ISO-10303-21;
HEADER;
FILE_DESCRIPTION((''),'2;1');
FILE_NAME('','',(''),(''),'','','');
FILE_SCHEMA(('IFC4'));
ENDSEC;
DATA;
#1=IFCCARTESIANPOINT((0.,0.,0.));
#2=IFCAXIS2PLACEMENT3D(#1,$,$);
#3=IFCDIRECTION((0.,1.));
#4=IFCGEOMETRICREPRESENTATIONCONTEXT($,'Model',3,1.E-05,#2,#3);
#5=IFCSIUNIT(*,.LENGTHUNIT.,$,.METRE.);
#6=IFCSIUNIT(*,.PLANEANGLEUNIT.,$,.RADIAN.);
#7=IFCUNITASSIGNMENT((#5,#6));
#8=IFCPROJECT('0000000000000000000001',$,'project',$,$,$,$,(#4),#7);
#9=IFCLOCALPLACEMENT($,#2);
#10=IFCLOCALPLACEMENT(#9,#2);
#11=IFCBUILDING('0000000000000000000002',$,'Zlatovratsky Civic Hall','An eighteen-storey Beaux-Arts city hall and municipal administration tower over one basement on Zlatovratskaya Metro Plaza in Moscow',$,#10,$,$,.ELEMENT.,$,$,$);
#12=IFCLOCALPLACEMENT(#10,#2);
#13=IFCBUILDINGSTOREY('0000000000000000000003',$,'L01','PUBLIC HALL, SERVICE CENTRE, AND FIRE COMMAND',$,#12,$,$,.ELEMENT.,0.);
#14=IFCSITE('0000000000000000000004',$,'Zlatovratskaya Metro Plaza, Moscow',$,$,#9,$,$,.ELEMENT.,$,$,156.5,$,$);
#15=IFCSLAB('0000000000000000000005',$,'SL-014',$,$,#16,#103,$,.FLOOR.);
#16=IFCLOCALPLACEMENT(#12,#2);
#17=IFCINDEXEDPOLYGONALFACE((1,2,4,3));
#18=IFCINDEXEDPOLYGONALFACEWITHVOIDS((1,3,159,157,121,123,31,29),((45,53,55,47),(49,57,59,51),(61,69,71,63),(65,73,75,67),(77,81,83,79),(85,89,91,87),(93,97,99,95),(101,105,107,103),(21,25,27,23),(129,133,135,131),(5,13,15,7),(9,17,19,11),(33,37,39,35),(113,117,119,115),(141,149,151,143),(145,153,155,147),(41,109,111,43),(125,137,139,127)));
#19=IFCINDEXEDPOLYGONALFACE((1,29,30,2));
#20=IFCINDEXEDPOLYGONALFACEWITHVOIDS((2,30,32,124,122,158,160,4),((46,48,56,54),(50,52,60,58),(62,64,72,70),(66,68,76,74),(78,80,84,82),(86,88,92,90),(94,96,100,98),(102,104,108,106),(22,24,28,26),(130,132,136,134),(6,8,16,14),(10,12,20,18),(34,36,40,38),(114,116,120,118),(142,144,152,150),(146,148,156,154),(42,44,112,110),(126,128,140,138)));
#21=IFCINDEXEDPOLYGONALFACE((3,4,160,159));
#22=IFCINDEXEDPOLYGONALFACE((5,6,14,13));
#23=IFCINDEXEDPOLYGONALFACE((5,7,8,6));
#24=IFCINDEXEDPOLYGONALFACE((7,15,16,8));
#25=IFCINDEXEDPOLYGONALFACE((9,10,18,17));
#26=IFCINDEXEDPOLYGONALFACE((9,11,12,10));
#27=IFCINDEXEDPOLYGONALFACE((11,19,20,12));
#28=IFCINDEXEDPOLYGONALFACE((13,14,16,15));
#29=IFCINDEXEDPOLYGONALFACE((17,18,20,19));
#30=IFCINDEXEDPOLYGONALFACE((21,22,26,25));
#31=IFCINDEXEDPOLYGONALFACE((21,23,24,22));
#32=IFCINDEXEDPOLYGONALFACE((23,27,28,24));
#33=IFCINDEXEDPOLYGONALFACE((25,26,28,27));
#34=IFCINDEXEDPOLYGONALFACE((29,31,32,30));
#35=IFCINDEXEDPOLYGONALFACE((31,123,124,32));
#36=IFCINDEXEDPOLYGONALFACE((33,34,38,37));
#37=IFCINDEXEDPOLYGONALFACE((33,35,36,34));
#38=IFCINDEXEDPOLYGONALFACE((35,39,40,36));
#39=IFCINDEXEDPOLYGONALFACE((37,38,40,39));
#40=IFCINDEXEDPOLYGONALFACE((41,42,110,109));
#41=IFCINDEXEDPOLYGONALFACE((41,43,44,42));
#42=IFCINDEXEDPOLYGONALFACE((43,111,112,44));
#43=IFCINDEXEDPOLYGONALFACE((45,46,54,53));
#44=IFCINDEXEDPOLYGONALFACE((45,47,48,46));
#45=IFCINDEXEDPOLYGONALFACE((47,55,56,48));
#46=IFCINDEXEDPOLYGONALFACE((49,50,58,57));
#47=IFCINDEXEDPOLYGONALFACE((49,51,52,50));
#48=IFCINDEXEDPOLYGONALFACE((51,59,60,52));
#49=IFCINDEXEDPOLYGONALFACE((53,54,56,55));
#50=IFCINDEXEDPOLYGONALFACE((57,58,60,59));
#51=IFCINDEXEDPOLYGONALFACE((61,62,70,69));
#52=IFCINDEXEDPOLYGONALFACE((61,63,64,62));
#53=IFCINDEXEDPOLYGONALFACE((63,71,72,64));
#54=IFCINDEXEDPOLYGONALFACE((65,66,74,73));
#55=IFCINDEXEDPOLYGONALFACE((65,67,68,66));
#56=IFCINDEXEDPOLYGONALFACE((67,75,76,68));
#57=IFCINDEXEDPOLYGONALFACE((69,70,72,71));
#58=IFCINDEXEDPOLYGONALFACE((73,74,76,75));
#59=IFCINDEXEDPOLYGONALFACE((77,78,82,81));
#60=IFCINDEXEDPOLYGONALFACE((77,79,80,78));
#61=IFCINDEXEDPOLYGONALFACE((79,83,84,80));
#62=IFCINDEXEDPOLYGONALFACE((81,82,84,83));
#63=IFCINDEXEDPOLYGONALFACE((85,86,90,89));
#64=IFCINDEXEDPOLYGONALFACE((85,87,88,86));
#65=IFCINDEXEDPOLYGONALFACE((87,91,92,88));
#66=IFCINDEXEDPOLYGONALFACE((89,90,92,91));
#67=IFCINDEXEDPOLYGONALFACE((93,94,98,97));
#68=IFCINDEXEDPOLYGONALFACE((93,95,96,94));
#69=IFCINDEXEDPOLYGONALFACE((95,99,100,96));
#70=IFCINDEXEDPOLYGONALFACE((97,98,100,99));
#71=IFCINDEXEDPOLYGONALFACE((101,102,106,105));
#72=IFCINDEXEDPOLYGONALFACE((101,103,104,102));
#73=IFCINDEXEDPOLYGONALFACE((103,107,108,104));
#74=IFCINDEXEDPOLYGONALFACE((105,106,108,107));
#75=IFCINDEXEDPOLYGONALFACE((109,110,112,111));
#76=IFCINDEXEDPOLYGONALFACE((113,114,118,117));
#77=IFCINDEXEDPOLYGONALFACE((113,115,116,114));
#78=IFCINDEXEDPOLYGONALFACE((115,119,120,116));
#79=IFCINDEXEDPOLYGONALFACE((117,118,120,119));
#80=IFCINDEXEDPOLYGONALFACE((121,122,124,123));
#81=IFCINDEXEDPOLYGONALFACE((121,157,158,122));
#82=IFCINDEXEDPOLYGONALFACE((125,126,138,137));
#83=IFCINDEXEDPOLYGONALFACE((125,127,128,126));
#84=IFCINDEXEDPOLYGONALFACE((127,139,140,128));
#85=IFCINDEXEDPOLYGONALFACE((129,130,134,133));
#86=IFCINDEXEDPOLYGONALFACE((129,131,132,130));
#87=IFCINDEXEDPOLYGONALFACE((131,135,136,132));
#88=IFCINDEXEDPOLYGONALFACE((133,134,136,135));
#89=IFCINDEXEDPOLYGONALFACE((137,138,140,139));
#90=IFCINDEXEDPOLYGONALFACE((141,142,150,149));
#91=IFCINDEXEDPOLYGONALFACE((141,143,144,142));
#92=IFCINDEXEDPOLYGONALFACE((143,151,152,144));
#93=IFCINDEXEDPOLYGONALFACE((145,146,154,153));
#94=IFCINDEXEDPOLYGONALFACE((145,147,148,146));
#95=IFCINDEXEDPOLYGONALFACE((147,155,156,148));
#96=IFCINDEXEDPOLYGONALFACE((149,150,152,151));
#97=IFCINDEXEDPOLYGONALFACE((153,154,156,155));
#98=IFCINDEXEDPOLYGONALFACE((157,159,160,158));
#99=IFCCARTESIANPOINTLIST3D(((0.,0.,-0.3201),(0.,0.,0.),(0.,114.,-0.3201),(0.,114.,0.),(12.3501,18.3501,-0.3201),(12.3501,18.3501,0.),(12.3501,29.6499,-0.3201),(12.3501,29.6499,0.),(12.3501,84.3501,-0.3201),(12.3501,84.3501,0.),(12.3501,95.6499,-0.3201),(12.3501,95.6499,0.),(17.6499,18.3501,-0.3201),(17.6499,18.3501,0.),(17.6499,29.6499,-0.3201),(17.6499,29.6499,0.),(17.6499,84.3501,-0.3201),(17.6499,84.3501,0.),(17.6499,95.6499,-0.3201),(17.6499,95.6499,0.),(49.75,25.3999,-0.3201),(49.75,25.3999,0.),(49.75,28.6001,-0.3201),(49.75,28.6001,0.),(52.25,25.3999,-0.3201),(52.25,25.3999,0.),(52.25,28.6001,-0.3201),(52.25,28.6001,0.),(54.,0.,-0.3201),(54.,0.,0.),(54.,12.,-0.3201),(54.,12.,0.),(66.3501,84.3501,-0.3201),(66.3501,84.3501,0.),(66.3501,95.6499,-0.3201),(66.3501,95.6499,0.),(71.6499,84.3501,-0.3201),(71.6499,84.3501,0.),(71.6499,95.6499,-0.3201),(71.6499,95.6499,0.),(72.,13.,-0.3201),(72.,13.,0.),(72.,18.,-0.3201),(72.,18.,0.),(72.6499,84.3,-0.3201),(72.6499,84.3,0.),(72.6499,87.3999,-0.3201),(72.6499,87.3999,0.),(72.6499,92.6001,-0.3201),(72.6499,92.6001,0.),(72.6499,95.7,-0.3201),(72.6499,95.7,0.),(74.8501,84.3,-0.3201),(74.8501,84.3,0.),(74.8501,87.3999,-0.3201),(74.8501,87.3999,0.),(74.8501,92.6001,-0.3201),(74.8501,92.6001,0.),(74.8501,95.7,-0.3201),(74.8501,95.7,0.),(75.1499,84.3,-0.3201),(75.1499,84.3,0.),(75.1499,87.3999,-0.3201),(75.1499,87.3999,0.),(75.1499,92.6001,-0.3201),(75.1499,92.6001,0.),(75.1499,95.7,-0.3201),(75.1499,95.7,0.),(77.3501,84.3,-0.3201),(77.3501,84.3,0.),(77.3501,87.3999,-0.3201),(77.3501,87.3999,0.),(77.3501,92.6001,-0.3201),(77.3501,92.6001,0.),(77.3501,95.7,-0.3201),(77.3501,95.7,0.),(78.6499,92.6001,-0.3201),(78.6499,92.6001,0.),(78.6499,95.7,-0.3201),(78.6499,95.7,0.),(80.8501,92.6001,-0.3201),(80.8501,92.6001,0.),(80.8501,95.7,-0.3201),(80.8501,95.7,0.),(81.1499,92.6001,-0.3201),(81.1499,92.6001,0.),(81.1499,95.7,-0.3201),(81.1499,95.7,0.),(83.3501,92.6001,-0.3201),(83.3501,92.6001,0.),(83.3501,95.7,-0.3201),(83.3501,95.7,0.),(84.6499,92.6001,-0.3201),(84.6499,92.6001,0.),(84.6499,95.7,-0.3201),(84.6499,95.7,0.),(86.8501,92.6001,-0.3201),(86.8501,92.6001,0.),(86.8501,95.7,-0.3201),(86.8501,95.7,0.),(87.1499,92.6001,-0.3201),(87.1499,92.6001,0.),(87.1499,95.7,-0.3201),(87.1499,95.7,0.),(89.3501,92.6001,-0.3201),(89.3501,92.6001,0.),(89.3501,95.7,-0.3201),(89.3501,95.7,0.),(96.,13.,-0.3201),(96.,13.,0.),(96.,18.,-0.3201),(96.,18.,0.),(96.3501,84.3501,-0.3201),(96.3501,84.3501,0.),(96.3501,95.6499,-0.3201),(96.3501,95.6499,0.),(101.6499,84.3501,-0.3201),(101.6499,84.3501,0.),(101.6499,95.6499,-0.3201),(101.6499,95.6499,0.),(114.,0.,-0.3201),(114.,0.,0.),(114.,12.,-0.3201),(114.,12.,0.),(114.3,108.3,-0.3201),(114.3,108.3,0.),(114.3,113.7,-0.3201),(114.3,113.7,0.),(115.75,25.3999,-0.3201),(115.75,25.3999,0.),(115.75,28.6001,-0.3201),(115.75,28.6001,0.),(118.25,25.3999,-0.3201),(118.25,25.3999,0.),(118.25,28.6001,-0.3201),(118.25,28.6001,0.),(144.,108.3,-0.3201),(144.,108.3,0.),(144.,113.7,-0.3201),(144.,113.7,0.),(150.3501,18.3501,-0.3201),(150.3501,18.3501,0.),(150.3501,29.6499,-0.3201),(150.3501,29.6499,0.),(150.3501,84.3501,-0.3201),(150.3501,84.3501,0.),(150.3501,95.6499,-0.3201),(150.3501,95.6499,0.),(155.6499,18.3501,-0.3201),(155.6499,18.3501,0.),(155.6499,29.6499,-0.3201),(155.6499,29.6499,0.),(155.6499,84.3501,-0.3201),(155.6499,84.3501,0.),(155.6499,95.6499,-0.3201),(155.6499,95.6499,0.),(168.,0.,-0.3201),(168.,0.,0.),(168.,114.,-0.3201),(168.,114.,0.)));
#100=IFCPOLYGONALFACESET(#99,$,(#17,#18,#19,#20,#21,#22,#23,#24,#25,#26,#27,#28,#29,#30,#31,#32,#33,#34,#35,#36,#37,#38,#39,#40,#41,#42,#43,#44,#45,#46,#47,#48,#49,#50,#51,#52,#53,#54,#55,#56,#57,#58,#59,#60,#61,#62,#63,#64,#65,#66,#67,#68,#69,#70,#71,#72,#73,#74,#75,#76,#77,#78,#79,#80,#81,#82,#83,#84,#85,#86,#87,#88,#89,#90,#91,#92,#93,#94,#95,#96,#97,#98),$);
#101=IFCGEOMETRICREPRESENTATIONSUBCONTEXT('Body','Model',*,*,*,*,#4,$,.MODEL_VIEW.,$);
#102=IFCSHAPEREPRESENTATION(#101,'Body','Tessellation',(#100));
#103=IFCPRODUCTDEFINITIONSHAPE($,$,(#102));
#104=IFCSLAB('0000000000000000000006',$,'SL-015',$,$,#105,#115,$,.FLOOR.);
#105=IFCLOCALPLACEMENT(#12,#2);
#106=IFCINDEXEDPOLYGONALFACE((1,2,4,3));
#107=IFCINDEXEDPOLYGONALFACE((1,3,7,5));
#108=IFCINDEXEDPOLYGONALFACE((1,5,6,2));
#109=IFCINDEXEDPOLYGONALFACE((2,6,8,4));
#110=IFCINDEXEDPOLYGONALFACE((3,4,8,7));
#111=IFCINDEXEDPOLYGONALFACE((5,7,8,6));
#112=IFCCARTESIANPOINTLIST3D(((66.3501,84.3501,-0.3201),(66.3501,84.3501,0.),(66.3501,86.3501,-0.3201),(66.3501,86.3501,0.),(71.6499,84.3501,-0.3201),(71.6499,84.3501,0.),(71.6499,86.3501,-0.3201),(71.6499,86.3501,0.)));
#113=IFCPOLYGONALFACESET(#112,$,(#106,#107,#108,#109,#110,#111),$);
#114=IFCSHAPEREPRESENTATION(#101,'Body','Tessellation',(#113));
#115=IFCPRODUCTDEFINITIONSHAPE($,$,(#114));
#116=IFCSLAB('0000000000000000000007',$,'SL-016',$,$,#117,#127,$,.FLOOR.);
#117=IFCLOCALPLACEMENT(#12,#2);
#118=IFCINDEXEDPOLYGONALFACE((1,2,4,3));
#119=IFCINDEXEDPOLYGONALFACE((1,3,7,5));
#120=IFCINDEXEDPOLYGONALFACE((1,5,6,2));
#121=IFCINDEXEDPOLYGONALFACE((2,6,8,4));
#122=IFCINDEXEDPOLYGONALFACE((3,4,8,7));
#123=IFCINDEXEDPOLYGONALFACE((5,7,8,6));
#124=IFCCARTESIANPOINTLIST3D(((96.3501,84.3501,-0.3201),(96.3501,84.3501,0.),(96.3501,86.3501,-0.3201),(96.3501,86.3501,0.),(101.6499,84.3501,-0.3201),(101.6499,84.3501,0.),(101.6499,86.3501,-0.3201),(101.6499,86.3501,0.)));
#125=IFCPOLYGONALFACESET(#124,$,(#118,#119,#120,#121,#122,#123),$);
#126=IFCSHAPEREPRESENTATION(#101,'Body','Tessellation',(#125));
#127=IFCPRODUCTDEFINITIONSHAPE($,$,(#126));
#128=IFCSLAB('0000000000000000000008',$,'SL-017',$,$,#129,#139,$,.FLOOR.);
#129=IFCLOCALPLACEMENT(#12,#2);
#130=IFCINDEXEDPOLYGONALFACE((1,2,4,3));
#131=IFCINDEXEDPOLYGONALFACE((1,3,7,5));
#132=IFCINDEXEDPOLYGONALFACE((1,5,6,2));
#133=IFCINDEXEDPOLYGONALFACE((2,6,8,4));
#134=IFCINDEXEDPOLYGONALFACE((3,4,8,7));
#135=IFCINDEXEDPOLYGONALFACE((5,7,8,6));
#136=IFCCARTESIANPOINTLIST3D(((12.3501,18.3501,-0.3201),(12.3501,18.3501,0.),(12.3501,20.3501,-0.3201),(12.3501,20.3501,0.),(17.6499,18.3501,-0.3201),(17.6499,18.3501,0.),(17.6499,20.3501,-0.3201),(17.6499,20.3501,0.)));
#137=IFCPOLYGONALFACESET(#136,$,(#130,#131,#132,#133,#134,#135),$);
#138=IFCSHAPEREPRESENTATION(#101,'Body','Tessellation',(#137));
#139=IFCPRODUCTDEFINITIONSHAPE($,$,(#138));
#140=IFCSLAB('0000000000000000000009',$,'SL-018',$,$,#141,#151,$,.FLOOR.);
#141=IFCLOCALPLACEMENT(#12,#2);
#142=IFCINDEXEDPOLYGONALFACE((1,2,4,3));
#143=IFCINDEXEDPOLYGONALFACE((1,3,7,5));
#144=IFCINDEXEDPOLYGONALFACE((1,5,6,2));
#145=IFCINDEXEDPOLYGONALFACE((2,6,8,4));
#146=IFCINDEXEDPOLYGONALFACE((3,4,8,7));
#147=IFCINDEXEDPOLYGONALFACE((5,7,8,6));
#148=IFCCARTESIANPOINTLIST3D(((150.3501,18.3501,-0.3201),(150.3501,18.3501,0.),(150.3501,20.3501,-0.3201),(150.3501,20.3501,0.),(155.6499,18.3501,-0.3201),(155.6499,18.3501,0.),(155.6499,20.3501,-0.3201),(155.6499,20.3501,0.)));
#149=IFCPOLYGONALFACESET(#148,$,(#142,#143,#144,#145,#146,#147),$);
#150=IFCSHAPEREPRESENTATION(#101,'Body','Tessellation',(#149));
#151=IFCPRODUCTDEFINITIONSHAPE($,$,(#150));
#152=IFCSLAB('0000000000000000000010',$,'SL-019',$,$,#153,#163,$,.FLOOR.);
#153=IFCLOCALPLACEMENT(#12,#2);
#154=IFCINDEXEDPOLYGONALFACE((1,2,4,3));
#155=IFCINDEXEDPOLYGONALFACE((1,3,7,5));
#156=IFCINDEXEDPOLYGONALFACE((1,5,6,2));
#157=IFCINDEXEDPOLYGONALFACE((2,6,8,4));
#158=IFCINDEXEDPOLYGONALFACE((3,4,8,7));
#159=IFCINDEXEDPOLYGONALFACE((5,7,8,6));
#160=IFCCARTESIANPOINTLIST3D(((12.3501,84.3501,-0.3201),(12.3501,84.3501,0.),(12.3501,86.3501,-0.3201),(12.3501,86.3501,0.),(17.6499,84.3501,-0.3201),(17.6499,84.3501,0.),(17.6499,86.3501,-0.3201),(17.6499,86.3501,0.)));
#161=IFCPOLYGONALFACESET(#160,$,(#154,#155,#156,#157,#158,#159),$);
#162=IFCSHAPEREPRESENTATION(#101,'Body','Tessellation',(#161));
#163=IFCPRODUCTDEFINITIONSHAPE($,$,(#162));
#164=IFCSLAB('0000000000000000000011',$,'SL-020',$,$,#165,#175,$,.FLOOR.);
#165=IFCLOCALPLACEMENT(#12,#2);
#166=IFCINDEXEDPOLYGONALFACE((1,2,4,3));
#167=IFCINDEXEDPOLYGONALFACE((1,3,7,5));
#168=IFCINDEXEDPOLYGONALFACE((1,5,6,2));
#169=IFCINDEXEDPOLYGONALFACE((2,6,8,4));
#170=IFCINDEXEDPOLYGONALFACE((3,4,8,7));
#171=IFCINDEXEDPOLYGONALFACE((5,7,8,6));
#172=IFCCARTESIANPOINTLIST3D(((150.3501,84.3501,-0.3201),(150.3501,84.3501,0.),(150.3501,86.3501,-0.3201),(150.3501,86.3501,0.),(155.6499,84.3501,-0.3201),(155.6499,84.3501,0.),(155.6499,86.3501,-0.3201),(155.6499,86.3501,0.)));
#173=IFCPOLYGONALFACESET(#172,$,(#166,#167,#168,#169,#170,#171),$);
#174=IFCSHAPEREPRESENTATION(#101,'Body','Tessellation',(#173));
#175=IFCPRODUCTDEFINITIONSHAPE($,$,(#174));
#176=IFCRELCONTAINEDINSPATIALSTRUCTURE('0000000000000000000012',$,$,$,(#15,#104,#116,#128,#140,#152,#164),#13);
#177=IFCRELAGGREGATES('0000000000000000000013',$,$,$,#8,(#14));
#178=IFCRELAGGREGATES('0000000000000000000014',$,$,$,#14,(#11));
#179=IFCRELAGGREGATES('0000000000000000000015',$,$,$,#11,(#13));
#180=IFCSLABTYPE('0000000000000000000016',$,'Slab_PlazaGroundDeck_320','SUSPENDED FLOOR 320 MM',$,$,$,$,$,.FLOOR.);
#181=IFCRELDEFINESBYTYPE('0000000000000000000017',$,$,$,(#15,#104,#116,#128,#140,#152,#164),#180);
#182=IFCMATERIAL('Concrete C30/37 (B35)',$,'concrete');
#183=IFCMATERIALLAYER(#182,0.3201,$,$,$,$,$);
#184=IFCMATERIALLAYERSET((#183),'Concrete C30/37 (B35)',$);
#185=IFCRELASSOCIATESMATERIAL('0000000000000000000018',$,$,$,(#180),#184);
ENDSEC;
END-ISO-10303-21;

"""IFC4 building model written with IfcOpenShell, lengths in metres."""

from ifc_helpers import new_model, si_unit, direction, frame, origin, place, context, subcontext, project, spatial, polyline, outline, extrude, material, layer, layer_set, type_object, element, save


model = new_model("IFC4")

# Units and contexts
model_context = context("Model", 3, precision=1e-05, world=origin(), true_north=direction((0.0, 1.0)))
body_context = subcontext(model_context, "Body", "Model", "MODEL_VIEW")
ifc_project = project(units=[si_unit("LENGTHUNIT", "METRE"), si_unit("PLANEANGLEUNIT", "RADIAN")], contexts=[model_context])

# Site, building, storey
site_placement = place(None, origin())
site = spatial("IfcSite", under=ifc_project, at=site_placement, Name="Zlatovratskaya Metro Plaza, Moscow", CompositionType="ELEMENT", RefElevation=156.5)
building_placement = place(site_placement, origin())
building = spatial("IfcBuilding", under=site, at=building_placement, Name="Zlatovratsky Civic Hall", Description="An eighteen-storey Beaux-Arts city hall and municipal administration tower over one basement on Zlatovratskaya Metro Plaza in Moscow", CompositionType="ELEMENT")
storey_placement = place(building_placement, origin())
storey = spatial("IfcBuildingStorey", under=building, at=storey_placement, Name="L01", Description="PUBLIC HALL, SERVICE CENTRE, AND FIRE COMMAND", CompositionType="ELEMENT", Elevation=0.0)

# Slabs
ifc_material_1 = material(Name="Concrete C30/37 (B35)", Category="concrete")
ifc_layer_1 = layer(ifc_material_1, 0.3201)
ifc_layer_set_1 = layer_set([ifc_layer_1], Name="Concrete C30/37 (B35)")
slab_type_1 = type_object("IfcSlabType", Name="Slab_PlazaGroundDeck_320", Description="SUSPENDED FLOOR 320 MM", PredefinedType="FLOOR", material=ifc_layer_set_1)
slab_1_placement = place(storey_placement, frame((0.0, 0.0, -0.3201)))
element("IfcSlab", 1, at=slab_1_placement, inside=storey, type_object=slab_type_1, Name="SL-014", PredefinedType="FLOOR", context=body_context, shape_type="SweptSolid", body=[
    extrude(outline(polyline([(0.0, 0.0), (54.0, 0.0), (54.0, 12.0), (114.0, 12.0), (114.0, 0.0), (168.0, 0.0), (168.0, 114.0), (0.0, 114.0), (0.0, 0.0)]), holes=[polyline([(66.3501, 84.3501), (71.6499, 84.3501), (71.6499, 95.6499), (66.3501, 95.6499), (66.3501, 84.3501)]), polyline([(96.3501, 84.3501), (101.6499, 84.3501), (101.6499, 95.6499), (96.3501, 95.6499), (96.3501, 84.3501)]), polyline([(12.3501, 18.3501), (17.6499, 18.3501), (17.6499, 29.6499), (12.3501, 29.6499), (12.3501, 18.3501)]), polyline([(150.3501, 18.3501), (155.6499, 18.3501), (155.6499, 29.6499), (150.3501, 29.6499), (150.3501, 18.3501)]), polyline([(12.3501, 84.3501), (17.6499, 84.3501), (17.6499, 95.6499), (12.3501, 95.6499), (12.3501, 84.3501)]), polyline([(150.3501, 84.3501), (155.6499, 84.3501), (155.6499, 95.6499), (150.3501, 95.6499), (150.3501, 84.3501)]), polyline([(72.6499, 84.3), (74.8501, 84.3), (74.8501, 87.3999), (72.6499, 87.3999), (72.6499, 84.3)]), polyline([(75.1499, 84.3), (77.3501, 84.3), (77.3501, 87.3999), (75.1499, 87.3999), (75.1499, 84.3)]), polyline([(72.6499, 92.6001), (74.8501, 92.6001), (74.8501, 95.7), (72.6499, 95.7), (72.6499, 92.6001)]), polyline([(75.1499, 92.6001), (77.3501, 92.6001), (77.3501, 95.7), (75.1499, 95.7), (75.1499, 92.6001)]), polyline([(78.6499, 92.6001), (80.8501, 92.6001), (80.8501, 95.7), (78.6499, 95.7), (78.6499, 92.6001)]), polyline([(81.1499, 92.6001), (83.3501, 92.6001), (83.3501, 95.7), (81.1499, 95.7), (81.1499, 92.6001)]), polyline([(84.6499, 92.6001), (86.8501, 92.6001), (86.8501, 95.7), (84.6499, 95.7), (84.6499, 92.6001)]), polyline([(87.1499, 92.6001), (89.3501, 92.6001), (89.3501, 95.7), (87.1499, 95.7), (87.1499, 92.6001)]), polyline([(49.75, 25.3999), (52.25, 25.3999), (52.25, 28.6001), (49.75, 28.6001), (49.75, 25.3999)]), polyline([(115.75, 25.3999), (118.25, 25.3999), (118.25, 28.6001), (115.75, 28.6001), (115.75, 25.3999)]), polyline([(72.0, 13.0), (96.0, 13.0), (96.0, 18.0), (72.0, 18.0), (72.0, 13.0)]), polyline([(114.3, 108.3), (144.0, 108.3), (144.0, 113.7), (114.3, 113.7), (114.3, 108.3)])]), origin(), (0.0, 0.0, 1.0), 0.3201),
])
slab_2_placement = place(storey_placement, frame((0.0, 0.0, -0.3201)))
element("IfcSlab", 2, at=slab_2_placement, inside=storey, type_object=slab_type_1, Name="SL-015", PredefinedType="FLOOR", context=body_context, shape_type="SweptSolid", body=[
    extrude(outline(polyline([(66.3501, 84.3501), (71.6499, 84.3501), (71.6499, 86.3501), (66.3501, 86.3501), (66.3501, 84.3501)])), origin(), (0.0, 0.0, 1.0), 0.3201),
])
slab_3_placement = place(storey_placement, frame((0.0, 0.0, -0.3201)))
element("IfcSlab", 3, at=slab_3_placement, inside=storey, type_object=slab_type_1, Name="SL-016", PredefinedType="FLOOR", context=body_context, shape_type="SweptSolid", body=[
    extrude(outline(polyline([(96.3501, 84.3501), (101.6499, 84.3501), (101.6499, 86.3501), (96.3501, 86.3501), (96.3501, 84.3501)])), origin(), (0.0, 0.0, 1.0), 0.3201),
])
slab_4_placement = place(storey_placement, frame((0.0, 0.0, -0.3201)))
element("IfcSlab", 4, at=slab_4_placement, inside=storey, type_object=slab_type_1, Name="SL-017", PredefinedType="FLOOR", context=body_context, shape_type="SweptSolid", body=[
    extrude(outline(polyline([(12.3501, 18.3501), (17.6499, 18.3501), (17.6499, 20.3501), (12.3501, 20.3501), (12.3501, 18.3501)])), origin(), (0.0, 0.0, 1.0), 0.3201),
])
slab_5_placement = place(storey_placement, frame((0.0, 0.0, -0.3201)))
element("IfcSlab", 5, at=slab_5_placement, inside=storey, type_object=slab_type_1, Name="SL-018", PredefinedType="FLOOR", context=body_context, shape_type="SweptSolid", body=[
    extrude(outline(polyline([(150.3501, 18.3501), (155.6499, 18.3501), (155.6499, 20.3501), (150.3501, 20.3501), (150.3501, 18.3501)])), origin(), (0.0, 0.0, 1.0), 0.3201),
])
slab_6_placement = place(storey_placement, frame((0.0, 0.0, -0.3201)))
element("IfcSlab", 6, at=slab_6_placement, inside=storey, type_object=slab_type_1, Name="SL-019", PredefinedType="FLOOR", context=body_context, shape_type="SweptSolid", body=[
    extrude(outline(polyline([(12.3501, 84.3501), (17.6499, 84.3501), (17.6499, 86.3501), (12.3501, 86.3501), (12.3501, 84.3501)])), origin(), (0.0, 0.0, 1.0), 0.3201),
])
slab_7_placement = place(storey_placement, frame((0.0, 0.0, -0.3201)))
element("IfcSlab", 7, at=slab_7_placement, inside=storey, type_object=slab_type_1, Name="SL-020", PredefinedType="FLOOR", context=body_context, shape_type="SweptSolid", body=[
    extrude(outline(polyline([(150.3501, 84.3501), (155.6499, 84.3501), (155.6499, 86.3501), (150.3501, 86.3501), (150.3501, 84.3501)])), origin(), (0.0, 0.0, 1.0), 0.3201),
])

save(model, "model.ifc")
